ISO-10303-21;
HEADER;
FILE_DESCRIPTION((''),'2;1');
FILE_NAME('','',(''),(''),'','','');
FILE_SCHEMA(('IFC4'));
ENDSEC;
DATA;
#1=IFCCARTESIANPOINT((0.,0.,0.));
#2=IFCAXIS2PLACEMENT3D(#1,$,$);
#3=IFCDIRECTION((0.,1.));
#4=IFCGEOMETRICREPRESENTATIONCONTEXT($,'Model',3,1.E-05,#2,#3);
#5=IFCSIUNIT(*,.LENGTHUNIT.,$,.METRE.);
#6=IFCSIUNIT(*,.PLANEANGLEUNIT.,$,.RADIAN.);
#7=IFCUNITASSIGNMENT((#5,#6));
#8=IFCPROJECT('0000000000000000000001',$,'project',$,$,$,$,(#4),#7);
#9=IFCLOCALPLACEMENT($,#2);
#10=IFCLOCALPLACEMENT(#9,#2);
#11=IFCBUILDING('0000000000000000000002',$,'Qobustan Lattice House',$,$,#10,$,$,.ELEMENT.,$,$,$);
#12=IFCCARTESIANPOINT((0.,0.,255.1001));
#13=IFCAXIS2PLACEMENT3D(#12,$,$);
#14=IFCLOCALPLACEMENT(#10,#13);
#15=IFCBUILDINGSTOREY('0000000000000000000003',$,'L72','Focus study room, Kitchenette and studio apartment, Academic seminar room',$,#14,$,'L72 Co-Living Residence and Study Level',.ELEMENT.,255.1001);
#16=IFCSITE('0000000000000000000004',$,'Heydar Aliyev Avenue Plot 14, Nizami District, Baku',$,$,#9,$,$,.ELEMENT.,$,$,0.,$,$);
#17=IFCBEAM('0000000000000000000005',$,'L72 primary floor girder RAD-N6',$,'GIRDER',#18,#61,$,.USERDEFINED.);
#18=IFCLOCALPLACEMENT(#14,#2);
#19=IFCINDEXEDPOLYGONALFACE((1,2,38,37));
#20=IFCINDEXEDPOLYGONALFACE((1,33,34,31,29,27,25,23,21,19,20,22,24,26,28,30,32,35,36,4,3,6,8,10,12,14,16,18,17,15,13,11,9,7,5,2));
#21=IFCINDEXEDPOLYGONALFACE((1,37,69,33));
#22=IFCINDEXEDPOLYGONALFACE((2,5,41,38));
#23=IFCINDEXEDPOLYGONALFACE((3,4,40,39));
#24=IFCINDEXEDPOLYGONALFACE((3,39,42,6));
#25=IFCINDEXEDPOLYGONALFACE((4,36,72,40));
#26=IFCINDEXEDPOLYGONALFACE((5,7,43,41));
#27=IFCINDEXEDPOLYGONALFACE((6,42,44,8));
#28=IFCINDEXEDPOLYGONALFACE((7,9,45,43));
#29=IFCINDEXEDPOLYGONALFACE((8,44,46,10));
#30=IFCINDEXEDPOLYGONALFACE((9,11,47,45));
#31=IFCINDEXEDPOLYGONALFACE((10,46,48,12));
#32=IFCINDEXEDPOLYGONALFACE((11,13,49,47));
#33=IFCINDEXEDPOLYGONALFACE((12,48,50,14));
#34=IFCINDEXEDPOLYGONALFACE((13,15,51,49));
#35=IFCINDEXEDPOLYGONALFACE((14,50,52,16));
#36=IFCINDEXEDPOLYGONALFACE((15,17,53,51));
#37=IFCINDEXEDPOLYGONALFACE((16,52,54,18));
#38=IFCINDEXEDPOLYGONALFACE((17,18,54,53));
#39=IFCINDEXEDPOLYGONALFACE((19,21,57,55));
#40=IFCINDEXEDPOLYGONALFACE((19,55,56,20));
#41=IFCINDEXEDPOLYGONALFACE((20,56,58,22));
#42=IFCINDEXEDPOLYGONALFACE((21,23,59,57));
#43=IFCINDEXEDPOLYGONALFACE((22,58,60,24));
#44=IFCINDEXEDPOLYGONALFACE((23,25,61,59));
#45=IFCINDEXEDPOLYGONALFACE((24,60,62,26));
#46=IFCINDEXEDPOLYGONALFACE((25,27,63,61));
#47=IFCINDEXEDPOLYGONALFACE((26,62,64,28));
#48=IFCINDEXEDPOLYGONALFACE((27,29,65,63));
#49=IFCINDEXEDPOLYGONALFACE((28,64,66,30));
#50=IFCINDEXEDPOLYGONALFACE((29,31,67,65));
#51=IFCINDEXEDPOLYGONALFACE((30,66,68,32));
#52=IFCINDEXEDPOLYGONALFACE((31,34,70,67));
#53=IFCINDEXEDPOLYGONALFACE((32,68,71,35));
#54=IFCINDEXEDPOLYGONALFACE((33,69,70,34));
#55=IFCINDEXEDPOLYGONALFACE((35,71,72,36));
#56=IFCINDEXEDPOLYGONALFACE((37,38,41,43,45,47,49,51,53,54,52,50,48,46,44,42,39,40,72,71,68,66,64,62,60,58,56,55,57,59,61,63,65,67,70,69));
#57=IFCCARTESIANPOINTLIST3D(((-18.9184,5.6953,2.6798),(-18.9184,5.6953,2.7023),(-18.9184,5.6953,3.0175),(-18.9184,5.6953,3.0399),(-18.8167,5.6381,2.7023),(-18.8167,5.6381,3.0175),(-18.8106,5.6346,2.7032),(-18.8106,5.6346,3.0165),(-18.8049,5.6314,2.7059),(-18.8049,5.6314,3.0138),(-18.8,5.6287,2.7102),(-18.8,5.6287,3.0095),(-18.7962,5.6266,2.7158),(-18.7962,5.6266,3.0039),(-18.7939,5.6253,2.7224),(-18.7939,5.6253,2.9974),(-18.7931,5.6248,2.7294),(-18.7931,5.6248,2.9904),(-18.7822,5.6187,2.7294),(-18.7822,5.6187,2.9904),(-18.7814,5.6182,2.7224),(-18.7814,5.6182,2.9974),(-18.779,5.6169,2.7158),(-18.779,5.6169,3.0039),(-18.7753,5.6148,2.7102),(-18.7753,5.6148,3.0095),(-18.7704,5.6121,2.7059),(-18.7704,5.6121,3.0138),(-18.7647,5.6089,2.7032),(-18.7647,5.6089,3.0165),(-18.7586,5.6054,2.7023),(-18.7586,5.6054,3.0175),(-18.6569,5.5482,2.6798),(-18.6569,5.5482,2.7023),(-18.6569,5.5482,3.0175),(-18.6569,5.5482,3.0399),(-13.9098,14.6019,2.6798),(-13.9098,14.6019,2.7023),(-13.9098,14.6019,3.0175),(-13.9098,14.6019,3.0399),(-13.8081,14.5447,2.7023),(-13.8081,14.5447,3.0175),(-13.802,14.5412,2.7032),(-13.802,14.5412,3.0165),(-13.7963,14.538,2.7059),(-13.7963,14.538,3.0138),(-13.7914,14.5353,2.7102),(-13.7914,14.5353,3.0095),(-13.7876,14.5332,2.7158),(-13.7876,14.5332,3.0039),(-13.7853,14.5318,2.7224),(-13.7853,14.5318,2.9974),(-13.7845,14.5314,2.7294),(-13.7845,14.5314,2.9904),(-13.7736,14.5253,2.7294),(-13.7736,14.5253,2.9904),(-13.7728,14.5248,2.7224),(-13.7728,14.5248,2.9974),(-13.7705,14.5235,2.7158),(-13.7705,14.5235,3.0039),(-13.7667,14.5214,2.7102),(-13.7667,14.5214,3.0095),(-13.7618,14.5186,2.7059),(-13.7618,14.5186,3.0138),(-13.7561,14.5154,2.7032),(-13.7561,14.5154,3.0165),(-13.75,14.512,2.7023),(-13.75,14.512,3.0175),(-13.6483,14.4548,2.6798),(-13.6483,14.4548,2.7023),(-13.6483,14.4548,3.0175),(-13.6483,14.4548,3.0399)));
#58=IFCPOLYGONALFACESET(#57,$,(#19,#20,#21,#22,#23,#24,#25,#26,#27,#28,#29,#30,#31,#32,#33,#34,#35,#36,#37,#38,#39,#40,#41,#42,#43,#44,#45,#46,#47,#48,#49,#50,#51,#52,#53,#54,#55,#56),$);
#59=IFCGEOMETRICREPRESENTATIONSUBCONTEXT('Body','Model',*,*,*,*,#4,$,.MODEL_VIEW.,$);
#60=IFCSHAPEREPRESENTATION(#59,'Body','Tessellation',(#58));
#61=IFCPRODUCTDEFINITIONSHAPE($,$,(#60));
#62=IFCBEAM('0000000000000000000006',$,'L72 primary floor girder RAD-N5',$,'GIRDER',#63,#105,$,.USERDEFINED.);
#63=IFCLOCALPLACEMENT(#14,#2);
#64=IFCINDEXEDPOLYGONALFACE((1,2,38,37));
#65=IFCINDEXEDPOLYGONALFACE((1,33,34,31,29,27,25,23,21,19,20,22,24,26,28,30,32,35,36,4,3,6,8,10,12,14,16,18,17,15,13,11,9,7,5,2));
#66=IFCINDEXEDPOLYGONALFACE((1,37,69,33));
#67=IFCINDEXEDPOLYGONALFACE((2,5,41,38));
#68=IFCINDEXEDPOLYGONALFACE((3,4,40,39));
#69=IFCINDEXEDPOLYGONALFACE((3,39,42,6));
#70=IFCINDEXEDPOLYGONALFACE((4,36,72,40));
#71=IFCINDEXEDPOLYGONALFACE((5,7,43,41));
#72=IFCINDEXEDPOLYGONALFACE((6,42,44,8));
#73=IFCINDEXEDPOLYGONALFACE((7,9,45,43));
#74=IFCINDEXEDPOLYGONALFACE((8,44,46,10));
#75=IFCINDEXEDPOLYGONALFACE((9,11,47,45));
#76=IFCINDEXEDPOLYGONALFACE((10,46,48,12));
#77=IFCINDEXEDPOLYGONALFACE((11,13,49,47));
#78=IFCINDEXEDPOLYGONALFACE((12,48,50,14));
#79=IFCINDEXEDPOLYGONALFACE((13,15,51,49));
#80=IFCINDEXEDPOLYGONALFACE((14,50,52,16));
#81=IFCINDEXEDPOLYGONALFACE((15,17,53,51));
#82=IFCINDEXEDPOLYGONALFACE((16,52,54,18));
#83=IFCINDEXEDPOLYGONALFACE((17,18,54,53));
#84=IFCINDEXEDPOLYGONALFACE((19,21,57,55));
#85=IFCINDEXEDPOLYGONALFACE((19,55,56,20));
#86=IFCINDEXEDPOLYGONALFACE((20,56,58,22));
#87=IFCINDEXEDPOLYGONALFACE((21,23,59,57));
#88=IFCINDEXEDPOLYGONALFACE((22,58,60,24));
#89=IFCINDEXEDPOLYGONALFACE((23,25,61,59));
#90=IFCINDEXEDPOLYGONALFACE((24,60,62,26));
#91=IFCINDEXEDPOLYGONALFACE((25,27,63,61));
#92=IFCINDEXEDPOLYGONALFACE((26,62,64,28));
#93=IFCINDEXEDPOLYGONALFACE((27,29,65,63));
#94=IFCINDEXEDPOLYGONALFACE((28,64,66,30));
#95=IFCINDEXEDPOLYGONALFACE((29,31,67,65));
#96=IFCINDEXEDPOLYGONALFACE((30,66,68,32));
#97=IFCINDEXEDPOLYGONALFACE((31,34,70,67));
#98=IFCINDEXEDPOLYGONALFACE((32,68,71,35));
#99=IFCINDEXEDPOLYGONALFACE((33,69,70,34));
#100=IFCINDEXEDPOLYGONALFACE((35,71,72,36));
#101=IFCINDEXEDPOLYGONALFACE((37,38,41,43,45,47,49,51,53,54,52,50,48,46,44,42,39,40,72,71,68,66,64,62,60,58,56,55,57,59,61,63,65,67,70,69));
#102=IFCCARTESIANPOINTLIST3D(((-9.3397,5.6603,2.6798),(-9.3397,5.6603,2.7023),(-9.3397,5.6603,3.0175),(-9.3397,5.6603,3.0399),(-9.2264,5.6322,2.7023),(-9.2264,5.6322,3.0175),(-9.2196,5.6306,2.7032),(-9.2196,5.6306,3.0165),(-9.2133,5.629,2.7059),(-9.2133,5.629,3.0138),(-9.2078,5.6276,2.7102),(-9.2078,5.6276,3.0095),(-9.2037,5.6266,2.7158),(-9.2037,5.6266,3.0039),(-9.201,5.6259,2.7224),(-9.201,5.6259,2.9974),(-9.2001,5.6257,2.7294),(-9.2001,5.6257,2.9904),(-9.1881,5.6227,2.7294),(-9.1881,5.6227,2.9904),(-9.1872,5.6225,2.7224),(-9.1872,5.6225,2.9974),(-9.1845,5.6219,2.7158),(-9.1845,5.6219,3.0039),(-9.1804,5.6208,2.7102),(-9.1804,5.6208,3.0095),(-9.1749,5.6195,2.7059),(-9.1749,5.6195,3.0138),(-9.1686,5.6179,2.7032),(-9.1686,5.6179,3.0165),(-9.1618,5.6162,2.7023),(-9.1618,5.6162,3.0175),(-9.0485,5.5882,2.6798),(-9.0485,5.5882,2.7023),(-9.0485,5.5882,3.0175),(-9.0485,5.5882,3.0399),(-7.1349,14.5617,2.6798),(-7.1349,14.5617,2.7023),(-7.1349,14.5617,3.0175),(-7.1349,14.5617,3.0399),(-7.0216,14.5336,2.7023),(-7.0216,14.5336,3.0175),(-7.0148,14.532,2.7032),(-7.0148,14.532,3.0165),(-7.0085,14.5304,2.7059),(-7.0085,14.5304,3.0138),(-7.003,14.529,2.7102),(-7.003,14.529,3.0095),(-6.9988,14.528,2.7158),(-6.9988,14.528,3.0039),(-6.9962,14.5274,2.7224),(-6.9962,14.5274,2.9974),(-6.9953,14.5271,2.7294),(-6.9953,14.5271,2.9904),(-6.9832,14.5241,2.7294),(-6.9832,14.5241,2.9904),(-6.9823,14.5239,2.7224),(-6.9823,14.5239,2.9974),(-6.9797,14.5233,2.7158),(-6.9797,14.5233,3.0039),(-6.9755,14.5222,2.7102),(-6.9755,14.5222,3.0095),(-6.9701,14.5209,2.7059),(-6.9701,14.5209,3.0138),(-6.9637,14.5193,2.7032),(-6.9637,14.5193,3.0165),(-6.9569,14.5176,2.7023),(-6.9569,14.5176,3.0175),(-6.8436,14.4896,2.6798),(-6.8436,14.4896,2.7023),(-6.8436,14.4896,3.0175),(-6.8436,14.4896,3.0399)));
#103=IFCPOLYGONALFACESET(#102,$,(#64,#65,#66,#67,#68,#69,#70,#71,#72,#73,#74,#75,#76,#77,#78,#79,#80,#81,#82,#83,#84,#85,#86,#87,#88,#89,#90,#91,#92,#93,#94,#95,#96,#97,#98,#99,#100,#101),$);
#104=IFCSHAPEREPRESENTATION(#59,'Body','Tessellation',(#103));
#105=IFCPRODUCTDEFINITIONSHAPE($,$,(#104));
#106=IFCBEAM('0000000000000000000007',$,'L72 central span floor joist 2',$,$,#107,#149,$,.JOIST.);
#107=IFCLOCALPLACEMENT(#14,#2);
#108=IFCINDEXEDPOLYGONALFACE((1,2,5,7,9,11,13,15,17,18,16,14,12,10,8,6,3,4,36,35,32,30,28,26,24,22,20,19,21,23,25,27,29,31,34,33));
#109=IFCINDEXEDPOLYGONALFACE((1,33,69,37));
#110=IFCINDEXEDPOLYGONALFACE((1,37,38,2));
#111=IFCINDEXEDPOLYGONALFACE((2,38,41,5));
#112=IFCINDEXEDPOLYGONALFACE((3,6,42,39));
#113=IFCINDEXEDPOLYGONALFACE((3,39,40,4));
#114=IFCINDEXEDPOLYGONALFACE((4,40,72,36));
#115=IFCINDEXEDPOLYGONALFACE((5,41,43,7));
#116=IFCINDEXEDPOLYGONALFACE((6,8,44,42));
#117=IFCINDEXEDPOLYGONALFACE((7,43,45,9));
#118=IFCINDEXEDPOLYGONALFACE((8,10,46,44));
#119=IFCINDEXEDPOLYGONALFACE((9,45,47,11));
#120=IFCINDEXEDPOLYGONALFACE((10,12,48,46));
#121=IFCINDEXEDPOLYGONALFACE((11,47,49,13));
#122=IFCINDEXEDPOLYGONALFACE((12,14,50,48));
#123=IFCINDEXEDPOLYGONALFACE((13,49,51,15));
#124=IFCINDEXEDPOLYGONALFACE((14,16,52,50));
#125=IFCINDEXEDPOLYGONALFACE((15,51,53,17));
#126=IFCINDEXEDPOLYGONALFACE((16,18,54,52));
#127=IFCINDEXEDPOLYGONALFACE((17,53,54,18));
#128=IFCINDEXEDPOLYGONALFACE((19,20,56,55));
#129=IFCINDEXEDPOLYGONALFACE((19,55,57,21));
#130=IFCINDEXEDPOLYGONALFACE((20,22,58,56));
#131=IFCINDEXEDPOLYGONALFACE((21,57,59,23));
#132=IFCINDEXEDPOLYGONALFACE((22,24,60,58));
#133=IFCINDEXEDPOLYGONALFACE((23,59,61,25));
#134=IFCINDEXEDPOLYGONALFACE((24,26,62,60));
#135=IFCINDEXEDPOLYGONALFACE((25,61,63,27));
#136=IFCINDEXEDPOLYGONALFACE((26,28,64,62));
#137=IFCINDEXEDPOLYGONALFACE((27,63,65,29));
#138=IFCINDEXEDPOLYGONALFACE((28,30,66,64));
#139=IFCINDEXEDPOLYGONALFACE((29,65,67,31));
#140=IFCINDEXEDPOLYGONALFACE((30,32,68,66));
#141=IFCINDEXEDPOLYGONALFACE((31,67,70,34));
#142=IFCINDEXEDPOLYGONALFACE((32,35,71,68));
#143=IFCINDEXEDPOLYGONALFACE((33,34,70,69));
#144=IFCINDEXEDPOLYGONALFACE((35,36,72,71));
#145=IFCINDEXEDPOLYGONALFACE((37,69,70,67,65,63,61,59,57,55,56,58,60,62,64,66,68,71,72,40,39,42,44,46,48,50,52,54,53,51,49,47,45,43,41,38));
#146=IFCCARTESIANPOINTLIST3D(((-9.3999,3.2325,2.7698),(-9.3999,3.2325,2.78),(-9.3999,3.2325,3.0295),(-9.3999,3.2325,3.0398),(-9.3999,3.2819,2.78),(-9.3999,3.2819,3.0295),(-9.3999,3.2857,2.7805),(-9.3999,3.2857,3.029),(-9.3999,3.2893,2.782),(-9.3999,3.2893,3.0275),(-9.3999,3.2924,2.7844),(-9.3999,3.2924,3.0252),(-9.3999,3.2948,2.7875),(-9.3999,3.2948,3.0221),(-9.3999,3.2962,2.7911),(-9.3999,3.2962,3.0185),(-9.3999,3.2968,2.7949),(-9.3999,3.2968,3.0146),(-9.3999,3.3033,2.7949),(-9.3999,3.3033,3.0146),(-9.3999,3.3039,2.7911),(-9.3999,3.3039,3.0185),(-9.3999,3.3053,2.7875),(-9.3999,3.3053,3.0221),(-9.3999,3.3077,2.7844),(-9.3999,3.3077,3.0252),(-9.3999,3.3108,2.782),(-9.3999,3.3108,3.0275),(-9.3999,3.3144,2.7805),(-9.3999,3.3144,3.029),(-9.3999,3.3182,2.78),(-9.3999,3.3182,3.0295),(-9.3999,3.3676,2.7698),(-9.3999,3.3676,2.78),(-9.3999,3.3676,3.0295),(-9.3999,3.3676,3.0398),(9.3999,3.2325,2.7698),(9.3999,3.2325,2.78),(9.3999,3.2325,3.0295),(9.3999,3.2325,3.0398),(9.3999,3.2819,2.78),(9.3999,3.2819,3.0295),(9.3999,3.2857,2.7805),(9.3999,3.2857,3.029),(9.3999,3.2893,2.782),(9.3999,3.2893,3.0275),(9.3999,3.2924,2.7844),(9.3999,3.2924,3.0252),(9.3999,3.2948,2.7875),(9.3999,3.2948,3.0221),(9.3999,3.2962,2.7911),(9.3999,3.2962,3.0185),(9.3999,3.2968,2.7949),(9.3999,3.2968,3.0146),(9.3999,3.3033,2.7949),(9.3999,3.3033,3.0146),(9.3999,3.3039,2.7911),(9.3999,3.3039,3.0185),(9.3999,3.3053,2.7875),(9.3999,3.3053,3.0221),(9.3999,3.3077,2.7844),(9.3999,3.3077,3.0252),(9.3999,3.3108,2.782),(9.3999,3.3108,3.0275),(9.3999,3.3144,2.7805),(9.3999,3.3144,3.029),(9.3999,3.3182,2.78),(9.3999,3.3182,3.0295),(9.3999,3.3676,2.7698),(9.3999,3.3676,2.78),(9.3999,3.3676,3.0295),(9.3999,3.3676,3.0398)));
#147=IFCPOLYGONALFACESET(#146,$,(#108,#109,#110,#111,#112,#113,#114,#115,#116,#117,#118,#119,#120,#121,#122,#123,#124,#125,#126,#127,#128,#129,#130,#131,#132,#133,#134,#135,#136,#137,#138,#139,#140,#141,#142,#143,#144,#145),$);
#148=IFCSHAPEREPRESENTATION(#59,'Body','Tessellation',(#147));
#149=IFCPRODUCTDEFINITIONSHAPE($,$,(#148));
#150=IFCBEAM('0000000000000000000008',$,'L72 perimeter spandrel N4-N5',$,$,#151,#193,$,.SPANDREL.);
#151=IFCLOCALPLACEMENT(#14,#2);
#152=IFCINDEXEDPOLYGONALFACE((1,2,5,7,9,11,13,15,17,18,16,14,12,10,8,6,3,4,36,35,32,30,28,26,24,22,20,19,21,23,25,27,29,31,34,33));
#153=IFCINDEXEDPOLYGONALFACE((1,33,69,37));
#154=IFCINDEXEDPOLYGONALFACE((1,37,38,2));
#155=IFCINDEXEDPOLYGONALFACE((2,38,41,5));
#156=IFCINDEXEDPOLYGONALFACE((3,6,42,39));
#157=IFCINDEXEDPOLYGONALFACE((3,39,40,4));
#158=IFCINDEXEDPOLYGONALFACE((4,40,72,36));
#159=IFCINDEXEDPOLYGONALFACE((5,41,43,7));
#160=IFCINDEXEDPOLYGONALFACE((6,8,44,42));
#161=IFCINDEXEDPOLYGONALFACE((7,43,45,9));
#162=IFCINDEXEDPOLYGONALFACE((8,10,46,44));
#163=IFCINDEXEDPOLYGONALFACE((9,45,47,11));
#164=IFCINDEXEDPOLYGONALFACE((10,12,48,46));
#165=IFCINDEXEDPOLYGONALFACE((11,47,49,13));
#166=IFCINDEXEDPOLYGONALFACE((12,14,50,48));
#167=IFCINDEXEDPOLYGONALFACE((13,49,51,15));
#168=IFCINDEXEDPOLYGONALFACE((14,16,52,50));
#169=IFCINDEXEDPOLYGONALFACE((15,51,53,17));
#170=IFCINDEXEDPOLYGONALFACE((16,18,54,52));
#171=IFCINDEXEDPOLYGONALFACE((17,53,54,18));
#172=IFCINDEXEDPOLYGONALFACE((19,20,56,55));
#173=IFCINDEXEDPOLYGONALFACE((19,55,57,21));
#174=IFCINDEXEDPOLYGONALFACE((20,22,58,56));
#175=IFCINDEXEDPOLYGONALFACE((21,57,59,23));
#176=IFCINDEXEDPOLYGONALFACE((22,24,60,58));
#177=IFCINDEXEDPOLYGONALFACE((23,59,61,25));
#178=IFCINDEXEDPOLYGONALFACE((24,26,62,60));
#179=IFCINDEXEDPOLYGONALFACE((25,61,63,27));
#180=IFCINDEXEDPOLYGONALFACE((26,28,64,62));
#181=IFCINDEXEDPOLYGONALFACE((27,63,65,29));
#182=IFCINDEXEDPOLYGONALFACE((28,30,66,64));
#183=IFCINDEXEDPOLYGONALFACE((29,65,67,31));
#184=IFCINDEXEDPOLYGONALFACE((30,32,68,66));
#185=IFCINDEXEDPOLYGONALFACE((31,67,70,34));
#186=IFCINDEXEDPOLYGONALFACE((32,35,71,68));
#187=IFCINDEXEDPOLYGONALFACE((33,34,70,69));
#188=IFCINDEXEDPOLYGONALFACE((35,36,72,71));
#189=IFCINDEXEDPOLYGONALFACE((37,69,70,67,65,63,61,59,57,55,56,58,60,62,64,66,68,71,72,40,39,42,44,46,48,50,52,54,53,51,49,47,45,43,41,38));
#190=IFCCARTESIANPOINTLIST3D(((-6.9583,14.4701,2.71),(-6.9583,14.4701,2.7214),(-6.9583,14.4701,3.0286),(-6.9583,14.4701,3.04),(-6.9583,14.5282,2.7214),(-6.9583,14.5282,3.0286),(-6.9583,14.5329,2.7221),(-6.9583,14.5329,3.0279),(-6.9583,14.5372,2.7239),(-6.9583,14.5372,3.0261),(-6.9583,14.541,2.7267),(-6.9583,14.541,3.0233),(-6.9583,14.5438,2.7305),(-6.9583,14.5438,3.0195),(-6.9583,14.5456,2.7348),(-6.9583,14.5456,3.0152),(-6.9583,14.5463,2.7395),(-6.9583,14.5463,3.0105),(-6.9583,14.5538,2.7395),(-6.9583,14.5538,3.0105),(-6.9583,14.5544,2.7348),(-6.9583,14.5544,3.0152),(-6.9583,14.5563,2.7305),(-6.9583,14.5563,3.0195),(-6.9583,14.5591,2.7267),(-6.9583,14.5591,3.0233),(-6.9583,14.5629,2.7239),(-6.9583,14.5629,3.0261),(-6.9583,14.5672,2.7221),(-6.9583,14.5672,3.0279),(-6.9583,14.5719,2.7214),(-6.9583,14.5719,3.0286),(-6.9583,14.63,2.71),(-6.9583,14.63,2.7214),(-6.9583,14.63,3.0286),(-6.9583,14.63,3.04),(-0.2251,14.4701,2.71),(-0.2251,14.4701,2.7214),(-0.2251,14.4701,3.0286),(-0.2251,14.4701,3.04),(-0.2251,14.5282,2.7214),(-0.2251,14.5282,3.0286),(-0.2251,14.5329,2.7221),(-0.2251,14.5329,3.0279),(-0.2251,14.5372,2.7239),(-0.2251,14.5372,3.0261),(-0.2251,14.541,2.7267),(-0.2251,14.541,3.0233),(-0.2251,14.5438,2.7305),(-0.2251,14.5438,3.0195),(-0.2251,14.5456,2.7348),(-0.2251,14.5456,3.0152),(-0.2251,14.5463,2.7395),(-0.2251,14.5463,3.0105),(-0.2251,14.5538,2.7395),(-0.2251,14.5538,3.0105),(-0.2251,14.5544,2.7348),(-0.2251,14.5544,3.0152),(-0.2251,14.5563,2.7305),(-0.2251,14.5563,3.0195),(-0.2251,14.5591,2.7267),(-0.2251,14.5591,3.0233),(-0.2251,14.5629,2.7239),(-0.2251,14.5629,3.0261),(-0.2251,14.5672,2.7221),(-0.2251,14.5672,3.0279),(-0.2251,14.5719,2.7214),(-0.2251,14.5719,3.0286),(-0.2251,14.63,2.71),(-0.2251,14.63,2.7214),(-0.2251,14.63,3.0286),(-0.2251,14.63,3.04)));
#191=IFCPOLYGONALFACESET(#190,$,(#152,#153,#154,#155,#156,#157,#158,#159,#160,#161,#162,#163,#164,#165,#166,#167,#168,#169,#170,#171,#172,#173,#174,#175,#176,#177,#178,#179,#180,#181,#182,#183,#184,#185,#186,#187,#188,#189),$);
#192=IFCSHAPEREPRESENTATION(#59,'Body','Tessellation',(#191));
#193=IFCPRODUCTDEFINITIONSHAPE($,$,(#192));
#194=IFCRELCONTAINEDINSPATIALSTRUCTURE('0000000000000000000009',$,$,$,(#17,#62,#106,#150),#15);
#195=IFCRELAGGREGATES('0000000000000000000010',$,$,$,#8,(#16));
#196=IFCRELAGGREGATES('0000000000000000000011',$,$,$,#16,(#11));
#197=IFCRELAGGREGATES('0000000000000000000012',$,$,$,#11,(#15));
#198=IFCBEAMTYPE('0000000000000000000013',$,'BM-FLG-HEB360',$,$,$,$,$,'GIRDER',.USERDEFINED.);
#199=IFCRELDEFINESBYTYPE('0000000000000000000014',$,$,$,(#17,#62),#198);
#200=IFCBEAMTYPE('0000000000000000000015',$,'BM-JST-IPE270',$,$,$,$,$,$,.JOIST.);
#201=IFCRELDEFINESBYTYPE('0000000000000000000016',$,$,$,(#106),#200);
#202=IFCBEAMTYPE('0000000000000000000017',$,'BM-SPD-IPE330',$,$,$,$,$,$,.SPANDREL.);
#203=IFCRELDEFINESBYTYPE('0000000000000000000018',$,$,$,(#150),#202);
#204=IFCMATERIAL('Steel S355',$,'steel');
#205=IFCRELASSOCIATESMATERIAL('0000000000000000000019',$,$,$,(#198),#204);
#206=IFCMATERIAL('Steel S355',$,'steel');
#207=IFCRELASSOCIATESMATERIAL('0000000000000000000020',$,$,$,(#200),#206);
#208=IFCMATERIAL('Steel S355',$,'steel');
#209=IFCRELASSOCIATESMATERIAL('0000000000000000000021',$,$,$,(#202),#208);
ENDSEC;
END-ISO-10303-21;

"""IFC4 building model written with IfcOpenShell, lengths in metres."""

from ifc_helpers import new_model, si_unit, direction, frame, origin, origin_2d, place, context, subcontext, project, spatial, i_section, extrude, material, material_profile, profile_set, type_object, element, save


model = new_model("IFC4")

# Units and contexts
model_context = context("Model", 3, precision=1e-05, world=origin(), true_north=direction((0.0, 1.0)))
body_context = subcontext(model_context, "Body", "Model", "MODEL_VIEW")
ifc_project = project(units=[si_unit("LENGTHUNIT", "METRE"), si_unit("PLANEANGLEUNIT", "RADIAN")], contexts=[model_context])

# Site, building, storey
site_placement = place(None, origin())
site = spatial("IfcSite", under=ifc_project, at=site_placement, Name="Heydar Aliyev Avenue Plot 14, Nizami District, Baku", CompositionType="ELEMENT", RefElevation=0.0)
building_placement = place(site_placement, origin())
building = spatial("IfcBuilding", under=site, at=building_placement, Name="Qobustan Lattice House", CompositionType="ELEMENT")
storey_placement = place(building_placement, frame((0.0, 0.0, 255.1001)))
storey = spatial("IfcBuildingStorey", under=building, at=storey_placement, Name="L72", Description="Focus study room, Kitchenette and studio apartment, Academic seminar room", LongName="L72 Co-Living Residence and Study Level", CompositionType="ELEMENT", Elevation=255.1001)

# Beams
ifc_material_1 = material(Name="Steel S355", Category="steel")
ifc_material_profile_1 = material_profile(ifc_material_1, i_section(OverallWidth=0.3, OverallDepth=0.3601, WebThickness=0.0125, FlangeThickness=0.0225, FilletRadius=0.0271, at=origin_2d()), Name="HEB360")
ifc_profile_set_1 = profile_set([ifc_material_profile_1], Name="Steel S355")
beam_type_1 = type_object("IfcBeamType", Name="BM-FLG-HEB360", ElementType="GIRDER", PredefinedType="USERDEFINED", material=ifc_profile_set_1)
beam_1_placement = place(storey_placement, frame((-13.7791, 14.5283, 2.8599), z_axis=(-0.49016, -0.871632, 0.0), x_axis=(0.871632, -0.49016, 0.0)))
element("IfcBeam", 1, at=beam_1_placement, inside=storey, type_object=beam_type_1, Name="L72 primary floor girder RAD-N6", ObjectType="GIRDER", PredefinedType="USERDEFINED", context=body_context, shape_type="SweptSolid", body=[
    extrude(i_section(OverallWidth=0.3, OverallDepth=0.3601, WebThickness=0.0125, FlangeThickness=0.0225, FilletRadius=0.0271, at=origin_2d()), origin(), (0.0, 0.0, 1.0), 10.2183),
])
beam_2_placement = place(storey_placement, frame((-6.9893, 14.5256, 2.8599), z_axis=(-0.24043, -0.970666, 0.0), x_axis=(0.970666, -0.24043, 0.0)))
element("IfcBeam", 2, at=beam_2_placement, inside=storey, type_object=beam_type_1, Name="L72 primary floor girder RAD-N5", ObjectType="GIRDER", PredefinedType="USERDEFINED", context=body_context, shape_type="SweptSolid", body=[
    extrude(i_section(OverallWidth=0.3, OverallDepth=0.3601, WebThickness=0.0125, FlangeThickness=0.0225, FilletRadius=0.0271, at=origin_2d()), origin(), (0.0, 0.0, 1.0), 9.1704),
])
ifc_material_2 = material(Name="Steel S355", Category="steel")
ifc_material_profile_2 = material_profile(ifc_material_2, i_section(OverallWidth=0.135, OverallDepth=0.27, WebThickness=0.0066, FlangeThickness=0.0103, FilletRadius=0.0149, at=origin_2d()), Name="IPE270")
ifc_profile_set_2 = profile_set([ifc_material_profile_2], Name="Steel S355")
beam_type_2 = type_object("IfcBeamType", Name="BM-JST-IPE270", PredefinedType="JOIST", material=ifc_profile_set_2)
beam_3_placement = place(storey_placement, frame((-9.3999, 3.3, 2.9048), z_axis=(1.0, 0.0, 0.0), x_axis=(0.0, 1.0, 0.0)))
element("IfcBeam", 3, at=beam_3_placement, inside=storey, type_object=beam_type_2, Name="L72 central span floor joist 2", PredefinedType="JOIST", context=body_context, shape_type="SweptSolid", body=[
    extrude(i_section(OverallWidth=0.135, OverallDepth=0.27, WebThickness=0.0066, FlangeThickness=0.0103, FilletRadius=0.0149, at=origin_2d()), origin(), (0.0, 0.0, 1.0), 18.7998),
])
ifc_material_3 = material(Name="Steel S355", Category="steel")
ifc_material_profile_3 = material_profile(ifc_material_3, i_section(OverallWidth=0.1599, OverallDepth=0.3301, WebThickness=0.0076, FlangeThickness=0.0115, FilletRadius=0.0181, at=origin_2d()), Name="IPE330")
ifc_profile_set_3 = profile_set([ifc_material_profile_3], Name="Steel S355")
beam_type_3 = type_object("IfcBeamType", Name="BM-SPD-IPE330", PredefinedType="SPANDREL", material=ifc_profile_set_3)
beam_4_placement = place(storey_placement, frame((-0.2251, 14.55, 2.875), z_axis=(-1.0, 0.0, 0.0), x_axis=(0.0, -1.0, 0.0)))
element("IfcBeam", 4, at=beam_4_placement, inside=storey, type_object=beam_type_3, Name="L72 perimeter spandrel N4-N5", PredefinedType="SPANDREL", context=body_context, shape_type="SweptSolid", body=[
    extrude(i_section(OverallWidth=0.1599, OverallDepth=0.3301, WebThickness=0.0076, FlangeThickness=0.0115, FilletRadius=0.0181, at=origin_2d()), origin(), (0.0, 0.0, 1.0), 6.7332),
])

save(model, "model.ifc")
